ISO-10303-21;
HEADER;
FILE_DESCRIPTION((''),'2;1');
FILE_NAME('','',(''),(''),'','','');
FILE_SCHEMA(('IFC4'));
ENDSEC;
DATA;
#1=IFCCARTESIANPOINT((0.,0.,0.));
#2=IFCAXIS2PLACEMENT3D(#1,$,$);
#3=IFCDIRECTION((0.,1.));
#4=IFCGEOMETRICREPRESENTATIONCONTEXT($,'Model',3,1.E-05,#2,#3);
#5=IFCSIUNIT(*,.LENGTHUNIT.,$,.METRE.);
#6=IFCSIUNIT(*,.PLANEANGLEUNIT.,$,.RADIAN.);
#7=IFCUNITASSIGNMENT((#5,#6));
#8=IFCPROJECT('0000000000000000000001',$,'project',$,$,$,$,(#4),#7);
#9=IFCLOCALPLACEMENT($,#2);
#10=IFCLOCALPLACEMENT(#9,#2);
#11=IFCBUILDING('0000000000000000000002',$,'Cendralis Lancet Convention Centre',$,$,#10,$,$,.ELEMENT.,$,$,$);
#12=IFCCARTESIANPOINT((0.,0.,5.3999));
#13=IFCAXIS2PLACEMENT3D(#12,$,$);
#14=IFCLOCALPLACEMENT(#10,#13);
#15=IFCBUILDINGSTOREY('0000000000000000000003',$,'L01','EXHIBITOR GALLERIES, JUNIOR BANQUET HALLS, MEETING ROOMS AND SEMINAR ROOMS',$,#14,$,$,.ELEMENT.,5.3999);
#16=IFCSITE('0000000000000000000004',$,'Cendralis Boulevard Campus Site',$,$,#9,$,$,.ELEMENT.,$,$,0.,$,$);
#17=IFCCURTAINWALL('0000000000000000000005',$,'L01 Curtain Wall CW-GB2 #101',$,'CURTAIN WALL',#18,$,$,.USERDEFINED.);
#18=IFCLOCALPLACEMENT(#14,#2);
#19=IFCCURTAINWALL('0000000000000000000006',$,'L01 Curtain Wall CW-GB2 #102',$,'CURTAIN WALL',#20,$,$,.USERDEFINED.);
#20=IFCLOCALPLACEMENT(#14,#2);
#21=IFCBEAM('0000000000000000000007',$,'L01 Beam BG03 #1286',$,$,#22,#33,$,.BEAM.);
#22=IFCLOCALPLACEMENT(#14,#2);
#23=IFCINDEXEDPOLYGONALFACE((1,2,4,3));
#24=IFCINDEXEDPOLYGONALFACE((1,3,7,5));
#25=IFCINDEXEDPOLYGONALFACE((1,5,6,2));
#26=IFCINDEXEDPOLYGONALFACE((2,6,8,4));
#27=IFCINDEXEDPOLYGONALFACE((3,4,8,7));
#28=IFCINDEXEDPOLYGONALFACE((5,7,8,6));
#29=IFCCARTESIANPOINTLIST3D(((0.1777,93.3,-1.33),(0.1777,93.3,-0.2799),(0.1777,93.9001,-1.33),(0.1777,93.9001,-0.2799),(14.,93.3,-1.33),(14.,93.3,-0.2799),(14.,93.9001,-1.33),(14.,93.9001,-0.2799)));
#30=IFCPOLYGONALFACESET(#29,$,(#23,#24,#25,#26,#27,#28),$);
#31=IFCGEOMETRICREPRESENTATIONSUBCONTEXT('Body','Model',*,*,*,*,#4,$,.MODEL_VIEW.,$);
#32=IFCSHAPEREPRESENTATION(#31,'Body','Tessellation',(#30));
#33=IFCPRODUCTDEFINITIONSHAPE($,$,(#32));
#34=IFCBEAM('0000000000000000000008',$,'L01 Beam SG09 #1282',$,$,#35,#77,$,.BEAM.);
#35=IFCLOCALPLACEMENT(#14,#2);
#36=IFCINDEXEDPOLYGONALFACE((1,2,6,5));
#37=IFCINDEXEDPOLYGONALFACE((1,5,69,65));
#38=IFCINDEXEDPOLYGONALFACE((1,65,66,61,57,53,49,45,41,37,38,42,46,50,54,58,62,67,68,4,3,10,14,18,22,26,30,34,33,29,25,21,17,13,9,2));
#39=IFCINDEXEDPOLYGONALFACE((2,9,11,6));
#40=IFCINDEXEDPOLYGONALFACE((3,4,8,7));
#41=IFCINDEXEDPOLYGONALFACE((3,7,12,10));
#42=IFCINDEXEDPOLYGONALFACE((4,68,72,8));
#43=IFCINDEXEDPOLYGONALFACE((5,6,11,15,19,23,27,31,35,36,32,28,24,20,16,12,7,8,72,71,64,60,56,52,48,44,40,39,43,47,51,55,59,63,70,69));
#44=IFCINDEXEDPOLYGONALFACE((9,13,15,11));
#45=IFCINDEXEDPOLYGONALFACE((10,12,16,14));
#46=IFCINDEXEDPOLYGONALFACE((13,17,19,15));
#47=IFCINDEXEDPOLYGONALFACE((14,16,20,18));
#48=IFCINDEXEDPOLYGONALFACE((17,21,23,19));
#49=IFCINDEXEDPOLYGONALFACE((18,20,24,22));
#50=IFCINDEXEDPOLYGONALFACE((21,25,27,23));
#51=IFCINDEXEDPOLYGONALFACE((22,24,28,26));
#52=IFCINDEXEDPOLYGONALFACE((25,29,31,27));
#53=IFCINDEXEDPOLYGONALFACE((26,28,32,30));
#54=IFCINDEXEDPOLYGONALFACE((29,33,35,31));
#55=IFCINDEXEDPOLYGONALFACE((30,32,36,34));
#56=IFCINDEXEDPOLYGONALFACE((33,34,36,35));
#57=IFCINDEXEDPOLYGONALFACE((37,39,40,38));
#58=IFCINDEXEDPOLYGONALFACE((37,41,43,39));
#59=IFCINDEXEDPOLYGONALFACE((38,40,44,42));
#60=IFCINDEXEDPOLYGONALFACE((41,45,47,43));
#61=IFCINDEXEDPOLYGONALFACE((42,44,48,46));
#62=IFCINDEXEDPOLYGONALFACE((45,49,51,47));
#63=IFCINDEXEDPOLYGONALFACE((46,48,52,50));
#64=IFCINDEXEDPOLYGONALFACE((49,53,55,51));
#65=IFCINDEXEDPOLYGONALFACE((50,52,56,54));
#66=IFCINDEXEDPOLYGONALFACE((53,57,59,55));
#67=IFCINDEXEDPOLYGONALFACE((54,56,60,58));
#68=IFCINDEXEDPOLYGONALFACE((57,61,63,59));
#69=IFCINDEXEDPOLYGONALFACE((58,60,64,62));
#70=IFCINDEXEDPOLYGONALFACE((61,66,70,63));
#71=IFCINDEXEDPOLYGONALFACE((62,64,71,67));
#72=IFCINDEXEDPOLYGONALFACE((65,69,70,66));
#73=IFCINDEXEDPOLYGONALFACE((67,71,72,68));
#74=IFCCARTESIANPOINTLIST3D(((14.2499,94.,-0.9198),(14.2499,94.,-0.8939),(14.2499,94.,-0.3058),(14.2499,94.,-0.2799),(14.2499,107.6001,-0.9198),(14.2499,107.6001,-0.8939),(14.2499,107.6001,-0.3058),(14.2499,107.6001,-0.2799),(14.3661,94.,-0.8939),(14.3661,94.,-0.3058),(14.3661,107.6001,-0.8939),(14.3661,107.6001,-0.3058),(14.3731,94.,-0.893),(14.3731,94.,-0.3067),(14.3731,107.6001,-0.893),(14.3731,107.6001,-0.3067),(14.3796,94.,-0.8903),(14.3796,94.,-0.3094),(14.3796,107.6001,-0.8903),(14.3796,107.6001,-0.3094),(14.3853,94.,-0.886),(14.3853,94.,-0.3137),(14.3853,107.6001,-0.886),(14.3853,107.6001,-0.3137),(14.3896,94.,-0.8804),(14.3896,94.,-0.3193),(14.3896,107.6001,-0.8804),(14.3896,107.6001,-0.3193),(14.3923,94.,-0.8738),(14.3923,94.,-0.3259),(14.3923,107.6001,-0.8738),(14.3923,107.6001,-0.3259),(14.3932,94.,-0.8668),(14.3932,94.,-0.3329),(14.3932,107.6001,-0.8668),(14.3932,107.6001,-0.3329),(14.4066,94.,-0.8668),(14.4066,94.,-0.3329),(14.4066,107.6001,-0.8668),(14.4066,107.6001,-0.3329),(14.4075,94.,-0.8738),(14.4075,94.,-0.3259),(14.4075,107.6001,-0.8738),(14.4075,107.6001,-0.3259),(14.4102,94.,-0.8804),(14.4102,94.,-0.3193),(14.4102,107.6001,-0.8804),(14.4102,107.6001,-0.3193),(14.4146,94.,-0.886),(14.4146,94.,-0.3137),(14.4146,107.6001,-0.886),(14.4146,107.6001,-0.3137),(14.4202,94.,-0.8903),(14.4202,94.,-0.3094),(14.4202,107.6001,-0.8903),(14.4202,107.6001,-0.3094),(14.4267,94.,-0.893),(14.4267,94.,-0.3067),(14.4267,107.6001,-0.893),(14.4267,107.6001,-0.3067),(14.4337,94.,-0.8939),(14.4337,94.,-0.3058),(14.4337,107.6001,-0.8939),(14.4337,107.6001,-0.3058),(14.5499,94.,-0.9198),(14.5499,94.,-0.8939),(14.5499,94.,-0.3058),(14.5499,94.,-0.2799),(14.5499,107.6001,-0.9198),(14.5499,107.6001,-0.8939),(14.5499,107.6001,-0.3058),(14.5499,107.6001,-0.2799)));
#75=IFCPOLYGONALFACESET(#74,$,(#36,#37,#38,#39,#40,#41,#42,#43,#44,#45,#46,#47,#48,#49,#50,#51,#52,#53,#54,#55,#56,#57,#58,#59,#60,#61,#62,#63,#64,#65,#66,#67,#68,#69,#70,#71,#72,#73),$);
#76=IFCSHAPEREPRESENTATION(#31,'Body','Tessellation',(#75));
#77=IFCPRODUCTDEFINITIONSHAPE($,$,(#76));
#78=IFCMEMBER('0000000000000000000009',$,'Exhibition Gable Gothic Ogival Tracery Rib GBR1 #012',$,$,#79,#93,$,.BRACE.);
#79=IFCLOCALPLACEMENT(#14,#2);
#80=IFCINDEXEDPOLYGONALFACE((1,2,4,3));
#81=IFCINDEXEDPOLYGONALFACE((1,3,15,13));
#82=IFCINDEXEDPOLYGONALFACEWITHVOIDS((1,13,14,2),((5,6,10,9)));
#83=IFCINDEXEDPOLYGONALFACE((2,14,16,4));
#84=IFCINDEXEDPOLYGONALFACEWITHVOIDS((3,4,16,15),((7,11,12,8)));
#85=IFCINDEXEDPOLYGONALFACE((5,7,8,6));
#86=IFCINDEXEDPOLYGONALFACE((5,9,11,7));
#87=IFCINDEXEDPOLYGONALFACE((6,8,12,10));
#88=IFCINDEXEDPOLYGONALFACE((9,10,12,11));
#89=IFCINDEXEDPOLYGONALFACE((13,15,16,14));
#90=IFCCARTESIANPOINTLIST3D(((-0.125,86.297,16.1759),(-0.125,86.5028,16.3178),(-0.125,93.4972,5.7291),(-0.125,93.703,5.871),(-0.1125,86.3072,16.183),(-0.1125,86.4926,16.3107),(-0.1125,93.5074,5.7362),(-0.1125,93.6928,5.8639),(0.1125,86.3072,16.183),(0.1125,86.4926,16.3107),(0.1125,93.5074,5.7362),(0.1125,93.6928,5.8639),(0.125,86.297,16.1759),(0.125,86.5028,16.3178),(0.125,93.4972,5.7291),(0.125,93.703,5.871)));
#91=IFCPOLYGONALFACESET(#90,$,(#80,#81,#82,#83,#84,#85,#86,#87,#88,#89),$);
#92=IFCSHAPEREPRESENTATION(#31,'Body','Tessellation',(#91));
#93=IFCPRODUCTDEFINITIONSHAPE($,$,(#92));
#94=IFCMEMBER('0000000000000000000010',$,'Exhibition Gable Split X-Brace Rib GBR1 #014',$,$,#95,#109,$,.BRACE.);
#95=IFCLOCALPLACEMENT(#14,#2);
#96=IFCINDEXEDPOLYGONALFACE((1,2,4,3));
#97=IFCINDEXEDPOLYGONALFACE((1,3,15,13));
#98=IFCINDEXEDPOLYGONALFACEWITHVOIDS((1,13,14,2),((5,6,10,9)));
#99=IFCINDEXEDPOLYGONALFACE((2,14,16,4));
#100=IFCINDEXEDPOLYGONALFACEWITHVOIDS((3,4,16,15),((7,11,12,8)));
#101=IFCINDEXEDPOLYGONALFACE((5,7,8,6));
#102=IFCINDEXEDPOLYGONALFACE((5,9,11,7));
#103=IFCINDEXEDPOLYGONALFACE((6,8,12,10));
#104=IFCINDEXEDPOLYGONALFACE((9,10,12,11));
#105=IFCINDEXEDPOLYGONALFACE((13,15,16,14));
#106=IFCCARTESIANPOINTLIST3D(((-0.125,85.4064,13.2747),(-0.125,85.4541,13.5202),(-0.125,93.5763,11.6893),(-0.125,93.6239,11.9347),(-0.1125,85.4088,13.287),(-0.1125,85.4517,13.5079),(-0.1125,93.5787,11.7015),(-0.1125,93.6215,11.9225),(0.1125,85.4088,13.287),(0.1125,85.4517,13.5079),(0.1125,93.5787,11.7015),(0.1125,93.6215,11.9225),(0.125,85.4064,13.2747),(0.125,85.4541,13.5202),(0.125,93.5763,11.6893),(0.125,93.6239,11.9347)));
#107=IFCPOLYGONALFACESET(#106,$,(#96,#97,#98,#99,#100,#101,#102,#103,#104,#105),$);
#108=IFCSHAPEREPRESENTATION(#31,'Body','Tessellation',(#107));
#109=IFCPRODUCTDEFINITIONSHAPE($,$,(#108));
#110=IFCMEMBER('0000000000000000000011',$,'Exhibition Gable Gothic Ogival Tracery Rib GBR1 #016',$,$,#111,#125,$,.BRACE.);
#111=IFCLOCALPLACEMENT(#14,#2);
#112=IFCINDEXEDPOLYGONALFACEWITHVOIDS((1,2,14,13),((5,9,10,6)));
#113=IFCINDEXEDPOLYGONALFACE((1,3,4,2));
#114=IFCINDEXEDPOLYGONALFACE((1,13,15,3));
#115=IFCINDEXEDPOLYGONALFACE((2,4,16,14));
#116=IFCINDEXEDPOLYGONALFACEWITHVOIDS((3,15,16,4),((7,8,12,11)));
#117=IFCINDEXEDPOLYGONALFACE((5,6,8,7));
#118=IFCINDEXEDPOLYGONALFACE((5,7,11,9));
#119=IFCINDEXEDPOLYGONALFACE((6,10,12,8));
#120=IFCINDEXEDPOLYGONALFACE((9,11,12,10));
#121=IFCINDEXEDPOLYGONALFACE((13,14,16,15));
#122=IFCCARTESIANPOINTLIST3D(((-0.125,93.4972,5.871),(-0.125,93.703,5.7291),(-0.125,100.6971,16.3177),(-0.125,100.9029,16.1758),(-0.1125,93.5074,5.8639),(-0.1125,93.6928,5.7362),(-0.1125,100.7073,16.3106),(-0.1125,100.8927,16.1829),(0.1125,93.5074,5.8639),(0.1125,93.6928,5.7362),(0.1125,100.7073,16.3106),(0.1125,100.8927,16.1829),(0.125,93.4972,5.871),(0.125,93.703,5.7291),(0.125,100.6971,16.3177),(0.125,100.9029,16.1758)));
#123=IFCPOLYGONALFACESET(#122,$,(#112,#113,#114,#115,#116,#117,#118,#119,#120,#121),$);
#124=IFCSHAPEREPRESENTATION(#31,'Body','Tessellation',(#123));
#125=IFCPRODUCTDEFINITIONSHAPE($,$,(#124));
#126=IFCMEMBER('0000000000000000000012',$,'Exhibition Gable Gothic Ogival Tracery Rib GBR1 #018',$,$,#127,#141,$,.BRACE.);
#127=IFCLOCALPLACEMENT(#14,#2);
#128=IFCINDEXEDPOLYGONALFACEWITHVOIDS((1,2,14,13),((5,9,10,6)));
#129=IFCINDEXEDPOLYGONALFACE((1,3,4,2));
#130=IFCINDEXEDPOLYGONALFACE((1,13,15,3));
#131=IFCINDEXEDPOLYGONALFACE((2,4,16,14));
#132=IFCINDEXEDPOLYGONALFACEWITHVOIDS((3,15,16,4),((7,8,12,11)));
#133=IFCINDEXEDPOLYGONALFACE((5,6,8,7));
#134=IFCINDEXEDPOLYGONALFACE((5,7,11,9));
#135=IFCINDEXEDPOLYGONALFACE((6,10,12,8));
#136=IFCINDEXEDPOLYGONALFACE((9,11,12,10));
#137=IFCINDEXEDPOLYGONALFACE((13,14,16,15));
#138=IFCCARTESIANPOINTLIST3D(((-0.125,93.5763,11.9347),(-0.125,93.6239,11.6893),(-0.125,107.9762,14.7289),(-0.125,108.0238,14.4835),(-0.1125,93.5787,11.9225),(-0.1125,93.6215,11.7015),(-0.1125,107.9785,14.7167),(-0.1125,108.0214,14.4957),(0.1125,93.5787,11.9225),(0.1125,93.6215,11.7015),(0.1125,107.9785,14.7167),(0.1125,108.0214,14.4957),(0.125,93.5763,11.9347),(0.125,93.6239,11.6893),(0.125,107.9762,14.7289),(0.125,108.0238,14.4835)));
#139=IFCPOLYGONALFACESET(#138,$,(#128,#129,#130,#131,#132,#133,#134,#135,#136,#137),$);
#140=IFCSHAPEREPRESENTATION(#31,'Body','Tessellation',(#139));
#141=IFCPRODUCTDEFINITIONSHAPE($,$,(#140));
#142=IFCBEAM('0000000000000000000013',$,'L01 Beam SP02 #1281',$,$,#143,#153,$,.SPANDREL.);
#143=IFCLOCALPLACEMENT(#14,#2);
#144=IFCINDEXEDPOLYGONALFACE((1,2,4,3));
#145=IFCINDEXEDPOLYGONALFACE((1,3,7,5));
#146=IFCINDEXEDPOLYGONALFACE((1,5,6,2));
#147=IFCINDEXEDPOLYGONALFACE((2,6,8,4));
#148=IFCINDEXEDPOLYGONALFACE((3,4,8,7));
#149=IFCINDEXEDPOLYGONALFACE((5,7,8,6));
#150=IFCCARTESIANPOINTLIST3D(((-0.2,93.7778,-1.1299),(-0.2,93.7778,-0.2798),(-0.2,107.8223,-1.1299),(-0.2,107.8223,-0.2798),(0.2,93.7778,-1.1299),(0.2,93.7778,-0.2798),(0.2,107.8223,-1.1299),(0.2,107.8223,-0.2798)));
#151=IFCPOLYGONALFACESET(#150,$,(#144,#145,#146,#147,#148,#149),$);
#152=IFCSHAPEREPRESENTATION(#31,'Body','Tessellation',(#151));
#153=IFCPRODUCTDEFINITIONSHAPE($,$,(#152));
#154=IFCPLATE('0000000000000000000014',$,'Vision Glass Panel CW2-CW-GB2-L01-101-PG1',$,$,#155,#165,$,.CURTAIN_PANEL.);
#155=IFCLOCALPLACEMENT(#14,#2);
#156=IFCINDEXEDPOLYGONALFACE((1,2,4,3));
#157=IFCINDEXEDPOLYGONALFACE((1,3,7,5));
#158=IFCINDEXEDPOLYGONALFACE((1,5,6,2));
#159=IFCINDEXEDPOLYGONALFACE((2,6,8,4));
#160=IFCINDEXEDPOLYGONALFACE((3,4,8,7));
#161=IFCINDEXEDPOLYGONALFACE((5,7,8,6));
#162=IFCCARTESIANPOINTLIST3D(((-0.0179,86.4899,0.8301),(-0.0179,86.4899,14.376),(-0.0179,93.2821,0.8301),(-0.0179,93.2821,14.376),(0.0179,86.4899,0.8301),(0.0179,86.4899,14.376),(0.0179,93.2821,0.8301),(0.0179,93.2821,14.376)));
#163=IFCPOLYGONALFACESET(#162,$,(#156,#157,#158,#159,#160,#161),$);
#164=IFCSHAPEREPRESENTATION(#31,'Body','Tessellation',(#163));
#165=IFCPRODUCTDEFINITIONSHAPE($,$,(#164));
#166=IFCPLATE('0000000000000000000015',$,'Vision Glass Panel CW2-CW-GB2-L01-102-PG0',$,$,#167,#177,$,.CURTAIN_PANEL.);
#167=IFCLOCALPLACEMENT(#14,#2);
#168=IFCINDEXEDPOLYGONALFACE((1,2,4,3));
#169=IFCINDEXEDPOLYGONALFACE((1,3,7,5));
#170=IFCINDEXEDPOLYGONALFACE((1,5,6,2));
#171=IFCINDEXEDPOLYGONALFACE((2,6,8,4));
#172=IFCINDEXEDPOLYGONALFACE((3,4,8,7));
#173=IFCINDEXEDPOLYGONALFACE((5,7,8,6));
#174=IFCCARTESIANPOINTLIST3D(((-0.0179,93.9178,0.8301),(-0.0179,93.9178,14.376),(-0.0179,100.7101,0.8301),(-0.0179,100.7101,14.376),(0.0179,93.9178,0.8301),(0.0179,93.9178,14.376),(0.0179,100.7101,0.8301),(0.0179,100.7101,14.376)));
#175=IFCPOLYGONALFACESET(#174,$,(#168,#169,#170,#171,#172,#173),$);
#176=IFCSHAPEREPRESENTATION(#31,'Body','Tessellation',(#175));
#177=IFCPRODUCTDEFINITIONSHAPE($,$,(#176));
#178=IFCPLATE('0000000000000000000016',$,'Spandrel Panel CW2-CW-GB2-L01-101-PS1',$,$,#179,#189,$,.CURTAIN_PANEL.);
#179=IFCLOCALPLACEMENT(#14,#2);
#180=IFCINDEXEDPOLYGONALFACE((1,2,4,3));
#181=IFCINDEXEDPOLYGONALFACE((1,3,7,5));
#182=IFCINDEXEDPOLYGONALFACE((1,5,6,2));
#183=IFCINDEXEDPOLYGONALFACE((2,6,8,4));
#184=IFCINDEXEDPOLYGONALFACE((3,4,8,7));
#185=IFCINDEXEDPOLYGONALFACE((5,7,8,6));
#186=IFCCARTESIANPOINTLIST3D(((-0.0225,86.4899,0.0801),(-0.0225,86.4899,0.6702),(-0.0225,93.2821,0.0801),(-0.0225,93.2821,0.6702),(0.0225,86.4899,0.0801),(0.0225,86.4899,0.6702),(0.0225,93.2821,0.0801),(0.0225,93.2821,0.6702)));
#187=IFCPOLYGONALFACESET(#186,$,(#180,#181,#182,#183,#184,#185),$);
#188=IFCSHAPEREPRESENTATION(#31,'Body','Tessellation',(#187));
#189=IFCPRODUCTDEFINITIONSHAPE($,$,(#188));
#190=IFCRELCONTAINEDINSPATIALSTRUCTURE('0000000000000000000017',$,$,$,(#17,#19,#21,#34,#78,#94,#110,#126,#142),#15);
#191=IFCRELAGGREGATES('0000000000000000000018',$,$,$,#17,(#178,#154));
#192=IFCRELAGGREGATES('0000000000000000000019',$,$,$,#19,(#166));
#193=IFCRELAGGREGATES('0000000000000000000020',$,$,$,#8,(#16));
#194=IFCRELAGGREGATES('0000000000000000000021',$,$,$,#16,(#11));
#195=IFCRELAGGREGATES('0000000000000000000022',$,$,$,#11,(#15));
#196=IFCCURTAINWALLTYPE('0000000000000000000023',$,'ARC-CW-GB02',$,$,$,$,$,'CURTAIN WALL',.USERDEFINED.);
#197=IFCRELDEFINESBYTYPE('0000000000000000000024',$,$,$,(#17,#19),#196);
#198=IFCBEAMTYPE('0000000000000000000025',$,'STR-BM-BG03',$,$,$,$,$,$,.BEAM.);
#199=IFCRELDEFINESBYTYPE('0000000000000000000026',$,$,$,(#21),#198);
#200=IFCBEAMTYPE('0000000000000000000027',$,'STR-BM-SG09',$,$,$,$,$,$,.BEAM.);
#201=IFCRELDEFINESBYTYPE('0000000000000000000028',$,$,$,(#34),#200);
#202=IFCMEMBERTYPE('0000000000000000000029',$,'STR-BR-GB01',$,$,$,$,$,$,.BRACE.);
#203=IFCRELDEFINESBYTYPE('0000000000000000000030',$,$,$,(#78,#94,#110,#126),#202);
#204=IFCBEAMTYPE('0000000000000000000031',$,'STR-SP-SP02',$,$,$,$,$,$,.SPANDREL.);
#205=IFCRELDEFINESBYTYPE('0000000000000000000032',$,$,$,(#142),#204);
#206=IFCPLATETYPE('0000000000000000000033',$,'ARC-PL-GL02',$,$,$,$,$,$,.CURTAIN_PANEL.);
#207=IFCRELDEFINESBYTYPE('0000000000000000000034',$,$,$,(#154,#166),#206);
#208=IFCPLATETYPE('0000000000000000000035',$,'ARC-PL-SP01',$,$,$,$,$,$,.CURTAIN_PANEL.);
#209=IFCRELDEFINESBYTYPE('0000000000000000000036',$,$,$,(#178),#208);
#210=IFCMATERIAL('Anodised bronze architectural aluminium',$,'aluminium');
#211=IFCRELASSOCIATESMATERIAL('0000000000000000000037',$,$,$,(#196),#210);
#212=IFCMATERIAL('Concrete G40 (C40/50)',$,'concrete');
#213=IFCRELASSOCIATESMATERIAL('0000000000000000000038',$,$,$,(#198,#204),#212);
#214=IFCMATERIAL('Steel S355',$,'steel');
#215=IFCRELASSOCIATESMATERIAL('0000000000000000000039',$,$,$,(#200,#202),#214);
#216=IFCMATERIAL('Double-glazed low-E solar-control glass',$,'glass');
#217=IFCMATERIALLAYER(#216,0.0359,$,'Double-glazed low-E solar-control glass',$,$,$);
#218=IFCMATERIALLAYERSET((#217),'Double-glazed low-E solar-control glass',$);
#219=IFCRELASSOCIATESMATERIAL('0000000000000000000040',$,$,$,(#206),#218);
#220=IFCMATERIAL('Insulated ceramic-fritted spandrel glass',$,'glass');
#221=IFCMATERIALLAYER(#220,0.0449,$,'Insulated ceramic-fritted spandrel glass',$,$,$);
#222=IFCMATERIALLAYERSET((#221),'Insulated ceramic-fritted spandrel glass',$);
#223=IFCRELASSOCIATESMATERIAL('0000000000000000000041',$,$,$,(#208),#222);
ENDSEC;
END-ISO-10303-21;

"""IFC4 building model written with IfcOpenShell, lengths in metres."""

from ifc_helpers import new_model, si_unit, direction, frame, origin, origin_2d, place, context, subcontext, project, spatial, rectangle, hollow_rectangle, i_section, extrude, material, layer, layer_set, material_profile, profile_set, type_object, element, aggregate, save


model = new_model("IFC4")

# Units and contexts
model_context = context("Model", 3, precision=1e-05, world=origin(), true_north=direction((0.0, 1.0)))
body_context = subcontext(model_context, "Body", "Model", "MODEL_VIEW")
ifc_project = project(units=[si_unit("LENGTHUNIT", "METRE"), si_unit("PLANEANGLEUNIT", "RADIAN")], contexts=[model_context])

# Site, building, storey
site_placement = place(None, origin())
site = spatial("IfcSite", under=ifc_project, at=site_placement, Name="Cendralis Boulevard Campus Site", CompositionType="ELEMENT", RefElevation=0.0)
building_placement = place(site_placement, origin())
building = spatial("IfcBuilding", under=site, at=building_placement, Name="Cendralis Lancet Convention Centre", CompositionType="ELEMENT")
storey_placement = place(building_placement, frame((0.0, 0.0, 5.3999)))
storey = spatial("IfcBuildingStorey", under=building, at=storey_placement, Name="L01", Description="EXHIBITOR GALLERIES, JUNIOR BANQUET HALLS, MEETING ROOMS AND SEMINAR ROOMS", CompositionType="ELEMENT", Elevation=5.3999)

# Shared definitions
ifc_material_1 = material(Name="Steel S355", Category="steel")

# Curtain wall
ifc_material_2 = material(Name="Anodised bronze architectural aluminium", Category="aluminium")
curtain_wall_type = type_object("IfcCurtainWallType", Name="ARC-CW-GB02", ElementType="CURTAIN WALL", PredefinedType="USERDEFINED", material=ifc_material_2)
curtain_wall_1_placement = place(storey_placement, origin())
curtain_wall_1 = element("IfcCurtainWall", 1, at=curtain_wall_1_placement, inside=storey, type_object=curtain_wall_type, Name="L01 Curtain Wall CW-GB2 #101", ObjectType="CURTAIN WALL", PredefinedType="USERDEFINED")

# Curtain wall
curtain_wall_2_placement = place(storey_placement, origin())
curtain_wall_2 = element("IfcCurtainWall", 2, at=curtain_wall_2_placement, inside=storey, type_object=curtain_wall_type, Name="L01 Curtain Wall CW-GB2 #102", ObjectType="CURTAIN WALL", PredefinedType="USERDEFINED")

# Beams
ifc_material_3 = material(Name="Concrete G40 (C40/50)", Category="concrete")
ifc_material_profile_1 = material_profile(ifc_material_3, rectangle(XDim=0.6001, YDim=1.05, at=origin_2d()), Name="RCB 600x1050")
ifc_profile_set_1 = profile_set([ifc_material_profile_1], Name="Concrete G40 (C40/50)")
beam_type_1 = type_object("IfcBeamType", Name="STR-BM-BG03", PredefinedType="BEAM", material=ifc_profile_set_1)
beam_1_placement = place(storey_placement, frame((0.1777, 93.6001, -0.8049), z_axis=(1.0, 0.0, 0.0), x_axis=(0.0, 1.0, 0.0)))
element("IfcBeam", 3, at=beam_1_placement, inside=storey, type_object=beam_type_1, Name="L01 Beam BG03 #1286", PredefinedType="BEAM", context=body_context, shape_type="SweptSolid", body=[
    extrude(rectangle(XDim=0.6001, YDim=1.05, at=origin_2d()), origin(), (0.0, 0.0, 1.0), 13.8223),
])
ifc_material_profile_2 = material_profile(ifc_material_1, i_section(OverallWidth=0.3, OverallDepth=0.6399, WebThickness=0.0134, FlangeThickness=0.0259, FilletRadius=0.0271, at=origin_2d()), Name="HEA 650")
ifc_profile_set_2 = profile_set([ifc_material_profile_2], Name="Steel S355")
beam_type_2 = type_object("IfcBeamType", Name="STR-BM-SG09", PredefinedType="BEAM", material=ifc_profile_set_2)
beam_2_placement = place(storey_placement, frame((14.3999, 94.0, -0.5999), z_axis=(0.0, 1.0, 0.0), x_axis=(-1.0, 0.0, 0.0)))
element("IfcBeam", 4, at=beam_2_placement, inside=storey, type_object=beam_type_2, Name="L01 Beam SG09 #1282", PredefinedType="BEAM", context=body_context, shape_type="SweptSolid", body=[
    extrude(i_section(OverallWidth=0.3, OverallDepth=0.6399, WebThickness=0.0134, FlangeThickness=0.0259, FilletRadius=0.0271, at=origin_2d()), origin(), (0.0, 0.0, 1.0), 13.6001),
])

# Members
ifc_material_profile_3 = material_profile(ifc_material_1, hollow_rectangle(XDim=0.25, YDim=0.25, WallThickness=0.0125, at=origin_2d()), Name="SHS 250x250x12.5")
ifc_profile_set_3 = profile_set([ifc_material_profile_3], Name="Steel S355")
member_type_1 = type_object("IfcMemberType", Name="STR-BR-GB01", PredefinedType="BRACE", material=ifc_profile_set_3)
member_1_placement = place(storey_placement, frame((0.0, 93.6001, 5.8), z_axis=(0.0, -0.567494, 0.823378), x_axis=(1.0, 0.0, 0.0)))
element("IfcMember", 5, at=member_1_placement, inside=storey, type_object=member_type_1, Name="Exhibition Gable Gothic Ogival Tracery Rib GBR1 #012", PredefinedType="BRACE", context=body_context, shape_type="SweptSolid", body=[
    extrude(hollow_rectangle(XDim=0.25, YDim=0.25, WallThickness=0.0125, at=origin_2d()), origin(), (0.0, 0.0, 1.0), 12.6877),
])
member_2_placement = place(storey_placement, frame((0.0, 93.6001, 11.812), z_axis=(0.0, -0.981686, 0.190505), x_axis=(1.0, 0.0, 0.0)))
element("IfcMember", 6, at=member_2_placement, inside=storey, type_object=member_type_1, Name="Exhibition Gable Split X-Brace Rib GBR1 #014", PredefinedType="BRACE", context=body_context, shape_type="SweptSolid", body=[
    extrude(hollow_rectangle(XDim=0.25, YDim=0.25, WallThickness=0.0125, at=origin_2d()), origin(), (0.0, 0.0, 1.0), 8.3223),
])
member_3_placement = place(storey_placement, frame((0.0, 93.6001, 5.8), z_axis=(0.0, 0.567481, 0.823387), x_axis=(-1.0, 0.0, 0.0)))
element("IfcMember", 7, at=member_3_placement, inside=storey, type_object=member_type_1, Name="Exhibition Gable Gothic Ogival Tracery Rib GBR1 #016", PredefinedType="BRACE", context=body_context, shape_type="SweptSolid", body=[
    extrude(hollow_rectangle(XDim=0.25, YDim=0.25, WallThickness=0.0125, at=origin_2d()), origin(), (0.0, 0.0, 1.0), 12.6875),
])
member_4_placement = place(storey_placement, frame((0.0, 93.6001, 11.812), z_axis=(0.0, 0.981689, 0.190489), x_axis=(-1.0, 0.0, 0.0)))
element("IfcMember", 8, at=member_4_placement, inside=storey, type_object=member_type_1, Name="Exhibition Gable Gothic Ogival Tracery Rib GBR1 #018", PredefinedType="BRACE", context=body_context, shape_type="SweptSolid", body=[
    extrude(hollow_rectangle(XDim=0.25, YDim=0.25, WallThickness=0.0125, at=origin_2d()), origin(), (0.0, 0.0, 1.0), 14.6685),
])

# Beam
ifc_material_profile_4 = material_profile(ifc_material_3, rectangle(XDim=0.3999, YDim=0.8501, at=origin_2d()), Name="RCB 400x850")
ifc_profile_set_4 = profile_set([ifc_material_profile_4], Name="Concrete G40 (C40/50)")
beam_type_3 = type_object("IfcBeamType", Name="STR-SP-SP02", PredefinedType="SPANDREL", material=ifc_profile_set_4)
beam_3_placement = place(storey_placement, frame((0.0, 93.7778, -0.7048), z_axis=(0.0, 1.0, 0.0), x_axis=(-1.0, 0.0, 0.0)))
element("IfcBeam", 9, at=beam_3_placement, inside=storey, type_object=beam_type_3, Name="L01 Beam SP02 #1281", PredefinedType="SPANDREL", context=body_context, shape_type="SweptSolid", body=[
    extrude(rectangle(XDim=0.3999, YDim=0.8501, at=origin_2d()), origin(), (0.0, 0.0, 1.0), 14.0444),
])

# Plates
ifc_material_4 = material(Name="Double-glazed low-E solar-control glass", Category="glass")
ifc_layer_1 = layer(ifc_material_4, 0.0359, Name="Double-glazed low-E solar-control glass")
ifc_layer_set_1 = layer_set([ifc_layer_1], Name="Double-glazed low-E solar-control glass")
plate_type_1 = type_object("IfcPlateType", Name="ARC-PL-GL02", PredefinedType="CURTAIN_PANEL", material=ifc_layer_set_1)
plate_1_placement = place(storey_placement, frame((0.0, 89.886, 0.8301), z_axis=(0.0, 0.0, 1.0), x_axis=(0.0, 1.0, 0.0)))
plate_1 = element("IfcPlate", 10, at=plate_1_placement, type_object=plate_type_1, Name="Vision Glass Panel CW2-CW-GB2-L01-101-PG1", PredefinedType="CURTAIN_PANEL", context=body_context, shape_type="SweptSolid", body=[
    extrude(rectangle(XDim=6.7922, YDim=0.0359, at=origin_2d()), origin(), (0.0, 0.0, 1.0), 13.5459),
])
plate_2_placement = place(storey_placement, frame((0.0, 97.314, 0.8301), z_axis=(0.0, 0.0, 1.0), x_axis=(0.0, 1.0, 0.0)))
plate_2 = element("IfcPlate", 11, at=plate_2_placement, type_object=plate_type_1, Name="Vision Glass Panel CW2-CW-GB2-L01-102-PG0", PredefinedType="CURTAIN_PANEL", context=body_context, shape_type="SweptSolid", body=[
    extrude(rectangle(XDim=6.7922, YDim=0.0359, at=origin_2d()), origin(), (0.0, 0.0, 1.0), 13.5459),
])
ifc_material_5 = material(Name="Insulated ceramic-fritted spandrel glass", Category="glass")
ifc_layer_2 = layer(ifc_material_5, 0.0449, Name="Insulated ceramic-fritted spandrel glass")
ifc_layer_set_2 = layer_set([ifc_layer_2], Name="Insulated ceramic-fritted spandrel glass")
plate_type_2 = type_object("IfcPlateType", Name="ARC-PL-SP01", PredefinedType="CURTAIN_PANEL", material=ifc_layer_set_2)
plate_3_placement = place(storey_placement, frame((0.0, 89.886, 0.0801), z_axis=(0.0, 0.0, 1.0), x_axis=(0.0, 1.0, 0.0)))
plate_3 = element("IfcPlate", 12, at=plate_3_placement, type_object=plate_type_2, Name="Spandrel Panel CW2-CW-GB2-L01-101-PS1", PredefinedType="CURTAIN_PANEL", context=body_context, shape_type="SweptSolid", body=[
    extrude(rectangle(XDim=6.7922, YDim=0.0449, at=origin_2d()), origin(), (0.0, 0.0, 1.0), 0.5901),
])
aggregate(curtain_wall_1, [plate_3, plate_1])
aggregate(curtain_wall_2, [plate_2])

save(model, "model.ifc")
